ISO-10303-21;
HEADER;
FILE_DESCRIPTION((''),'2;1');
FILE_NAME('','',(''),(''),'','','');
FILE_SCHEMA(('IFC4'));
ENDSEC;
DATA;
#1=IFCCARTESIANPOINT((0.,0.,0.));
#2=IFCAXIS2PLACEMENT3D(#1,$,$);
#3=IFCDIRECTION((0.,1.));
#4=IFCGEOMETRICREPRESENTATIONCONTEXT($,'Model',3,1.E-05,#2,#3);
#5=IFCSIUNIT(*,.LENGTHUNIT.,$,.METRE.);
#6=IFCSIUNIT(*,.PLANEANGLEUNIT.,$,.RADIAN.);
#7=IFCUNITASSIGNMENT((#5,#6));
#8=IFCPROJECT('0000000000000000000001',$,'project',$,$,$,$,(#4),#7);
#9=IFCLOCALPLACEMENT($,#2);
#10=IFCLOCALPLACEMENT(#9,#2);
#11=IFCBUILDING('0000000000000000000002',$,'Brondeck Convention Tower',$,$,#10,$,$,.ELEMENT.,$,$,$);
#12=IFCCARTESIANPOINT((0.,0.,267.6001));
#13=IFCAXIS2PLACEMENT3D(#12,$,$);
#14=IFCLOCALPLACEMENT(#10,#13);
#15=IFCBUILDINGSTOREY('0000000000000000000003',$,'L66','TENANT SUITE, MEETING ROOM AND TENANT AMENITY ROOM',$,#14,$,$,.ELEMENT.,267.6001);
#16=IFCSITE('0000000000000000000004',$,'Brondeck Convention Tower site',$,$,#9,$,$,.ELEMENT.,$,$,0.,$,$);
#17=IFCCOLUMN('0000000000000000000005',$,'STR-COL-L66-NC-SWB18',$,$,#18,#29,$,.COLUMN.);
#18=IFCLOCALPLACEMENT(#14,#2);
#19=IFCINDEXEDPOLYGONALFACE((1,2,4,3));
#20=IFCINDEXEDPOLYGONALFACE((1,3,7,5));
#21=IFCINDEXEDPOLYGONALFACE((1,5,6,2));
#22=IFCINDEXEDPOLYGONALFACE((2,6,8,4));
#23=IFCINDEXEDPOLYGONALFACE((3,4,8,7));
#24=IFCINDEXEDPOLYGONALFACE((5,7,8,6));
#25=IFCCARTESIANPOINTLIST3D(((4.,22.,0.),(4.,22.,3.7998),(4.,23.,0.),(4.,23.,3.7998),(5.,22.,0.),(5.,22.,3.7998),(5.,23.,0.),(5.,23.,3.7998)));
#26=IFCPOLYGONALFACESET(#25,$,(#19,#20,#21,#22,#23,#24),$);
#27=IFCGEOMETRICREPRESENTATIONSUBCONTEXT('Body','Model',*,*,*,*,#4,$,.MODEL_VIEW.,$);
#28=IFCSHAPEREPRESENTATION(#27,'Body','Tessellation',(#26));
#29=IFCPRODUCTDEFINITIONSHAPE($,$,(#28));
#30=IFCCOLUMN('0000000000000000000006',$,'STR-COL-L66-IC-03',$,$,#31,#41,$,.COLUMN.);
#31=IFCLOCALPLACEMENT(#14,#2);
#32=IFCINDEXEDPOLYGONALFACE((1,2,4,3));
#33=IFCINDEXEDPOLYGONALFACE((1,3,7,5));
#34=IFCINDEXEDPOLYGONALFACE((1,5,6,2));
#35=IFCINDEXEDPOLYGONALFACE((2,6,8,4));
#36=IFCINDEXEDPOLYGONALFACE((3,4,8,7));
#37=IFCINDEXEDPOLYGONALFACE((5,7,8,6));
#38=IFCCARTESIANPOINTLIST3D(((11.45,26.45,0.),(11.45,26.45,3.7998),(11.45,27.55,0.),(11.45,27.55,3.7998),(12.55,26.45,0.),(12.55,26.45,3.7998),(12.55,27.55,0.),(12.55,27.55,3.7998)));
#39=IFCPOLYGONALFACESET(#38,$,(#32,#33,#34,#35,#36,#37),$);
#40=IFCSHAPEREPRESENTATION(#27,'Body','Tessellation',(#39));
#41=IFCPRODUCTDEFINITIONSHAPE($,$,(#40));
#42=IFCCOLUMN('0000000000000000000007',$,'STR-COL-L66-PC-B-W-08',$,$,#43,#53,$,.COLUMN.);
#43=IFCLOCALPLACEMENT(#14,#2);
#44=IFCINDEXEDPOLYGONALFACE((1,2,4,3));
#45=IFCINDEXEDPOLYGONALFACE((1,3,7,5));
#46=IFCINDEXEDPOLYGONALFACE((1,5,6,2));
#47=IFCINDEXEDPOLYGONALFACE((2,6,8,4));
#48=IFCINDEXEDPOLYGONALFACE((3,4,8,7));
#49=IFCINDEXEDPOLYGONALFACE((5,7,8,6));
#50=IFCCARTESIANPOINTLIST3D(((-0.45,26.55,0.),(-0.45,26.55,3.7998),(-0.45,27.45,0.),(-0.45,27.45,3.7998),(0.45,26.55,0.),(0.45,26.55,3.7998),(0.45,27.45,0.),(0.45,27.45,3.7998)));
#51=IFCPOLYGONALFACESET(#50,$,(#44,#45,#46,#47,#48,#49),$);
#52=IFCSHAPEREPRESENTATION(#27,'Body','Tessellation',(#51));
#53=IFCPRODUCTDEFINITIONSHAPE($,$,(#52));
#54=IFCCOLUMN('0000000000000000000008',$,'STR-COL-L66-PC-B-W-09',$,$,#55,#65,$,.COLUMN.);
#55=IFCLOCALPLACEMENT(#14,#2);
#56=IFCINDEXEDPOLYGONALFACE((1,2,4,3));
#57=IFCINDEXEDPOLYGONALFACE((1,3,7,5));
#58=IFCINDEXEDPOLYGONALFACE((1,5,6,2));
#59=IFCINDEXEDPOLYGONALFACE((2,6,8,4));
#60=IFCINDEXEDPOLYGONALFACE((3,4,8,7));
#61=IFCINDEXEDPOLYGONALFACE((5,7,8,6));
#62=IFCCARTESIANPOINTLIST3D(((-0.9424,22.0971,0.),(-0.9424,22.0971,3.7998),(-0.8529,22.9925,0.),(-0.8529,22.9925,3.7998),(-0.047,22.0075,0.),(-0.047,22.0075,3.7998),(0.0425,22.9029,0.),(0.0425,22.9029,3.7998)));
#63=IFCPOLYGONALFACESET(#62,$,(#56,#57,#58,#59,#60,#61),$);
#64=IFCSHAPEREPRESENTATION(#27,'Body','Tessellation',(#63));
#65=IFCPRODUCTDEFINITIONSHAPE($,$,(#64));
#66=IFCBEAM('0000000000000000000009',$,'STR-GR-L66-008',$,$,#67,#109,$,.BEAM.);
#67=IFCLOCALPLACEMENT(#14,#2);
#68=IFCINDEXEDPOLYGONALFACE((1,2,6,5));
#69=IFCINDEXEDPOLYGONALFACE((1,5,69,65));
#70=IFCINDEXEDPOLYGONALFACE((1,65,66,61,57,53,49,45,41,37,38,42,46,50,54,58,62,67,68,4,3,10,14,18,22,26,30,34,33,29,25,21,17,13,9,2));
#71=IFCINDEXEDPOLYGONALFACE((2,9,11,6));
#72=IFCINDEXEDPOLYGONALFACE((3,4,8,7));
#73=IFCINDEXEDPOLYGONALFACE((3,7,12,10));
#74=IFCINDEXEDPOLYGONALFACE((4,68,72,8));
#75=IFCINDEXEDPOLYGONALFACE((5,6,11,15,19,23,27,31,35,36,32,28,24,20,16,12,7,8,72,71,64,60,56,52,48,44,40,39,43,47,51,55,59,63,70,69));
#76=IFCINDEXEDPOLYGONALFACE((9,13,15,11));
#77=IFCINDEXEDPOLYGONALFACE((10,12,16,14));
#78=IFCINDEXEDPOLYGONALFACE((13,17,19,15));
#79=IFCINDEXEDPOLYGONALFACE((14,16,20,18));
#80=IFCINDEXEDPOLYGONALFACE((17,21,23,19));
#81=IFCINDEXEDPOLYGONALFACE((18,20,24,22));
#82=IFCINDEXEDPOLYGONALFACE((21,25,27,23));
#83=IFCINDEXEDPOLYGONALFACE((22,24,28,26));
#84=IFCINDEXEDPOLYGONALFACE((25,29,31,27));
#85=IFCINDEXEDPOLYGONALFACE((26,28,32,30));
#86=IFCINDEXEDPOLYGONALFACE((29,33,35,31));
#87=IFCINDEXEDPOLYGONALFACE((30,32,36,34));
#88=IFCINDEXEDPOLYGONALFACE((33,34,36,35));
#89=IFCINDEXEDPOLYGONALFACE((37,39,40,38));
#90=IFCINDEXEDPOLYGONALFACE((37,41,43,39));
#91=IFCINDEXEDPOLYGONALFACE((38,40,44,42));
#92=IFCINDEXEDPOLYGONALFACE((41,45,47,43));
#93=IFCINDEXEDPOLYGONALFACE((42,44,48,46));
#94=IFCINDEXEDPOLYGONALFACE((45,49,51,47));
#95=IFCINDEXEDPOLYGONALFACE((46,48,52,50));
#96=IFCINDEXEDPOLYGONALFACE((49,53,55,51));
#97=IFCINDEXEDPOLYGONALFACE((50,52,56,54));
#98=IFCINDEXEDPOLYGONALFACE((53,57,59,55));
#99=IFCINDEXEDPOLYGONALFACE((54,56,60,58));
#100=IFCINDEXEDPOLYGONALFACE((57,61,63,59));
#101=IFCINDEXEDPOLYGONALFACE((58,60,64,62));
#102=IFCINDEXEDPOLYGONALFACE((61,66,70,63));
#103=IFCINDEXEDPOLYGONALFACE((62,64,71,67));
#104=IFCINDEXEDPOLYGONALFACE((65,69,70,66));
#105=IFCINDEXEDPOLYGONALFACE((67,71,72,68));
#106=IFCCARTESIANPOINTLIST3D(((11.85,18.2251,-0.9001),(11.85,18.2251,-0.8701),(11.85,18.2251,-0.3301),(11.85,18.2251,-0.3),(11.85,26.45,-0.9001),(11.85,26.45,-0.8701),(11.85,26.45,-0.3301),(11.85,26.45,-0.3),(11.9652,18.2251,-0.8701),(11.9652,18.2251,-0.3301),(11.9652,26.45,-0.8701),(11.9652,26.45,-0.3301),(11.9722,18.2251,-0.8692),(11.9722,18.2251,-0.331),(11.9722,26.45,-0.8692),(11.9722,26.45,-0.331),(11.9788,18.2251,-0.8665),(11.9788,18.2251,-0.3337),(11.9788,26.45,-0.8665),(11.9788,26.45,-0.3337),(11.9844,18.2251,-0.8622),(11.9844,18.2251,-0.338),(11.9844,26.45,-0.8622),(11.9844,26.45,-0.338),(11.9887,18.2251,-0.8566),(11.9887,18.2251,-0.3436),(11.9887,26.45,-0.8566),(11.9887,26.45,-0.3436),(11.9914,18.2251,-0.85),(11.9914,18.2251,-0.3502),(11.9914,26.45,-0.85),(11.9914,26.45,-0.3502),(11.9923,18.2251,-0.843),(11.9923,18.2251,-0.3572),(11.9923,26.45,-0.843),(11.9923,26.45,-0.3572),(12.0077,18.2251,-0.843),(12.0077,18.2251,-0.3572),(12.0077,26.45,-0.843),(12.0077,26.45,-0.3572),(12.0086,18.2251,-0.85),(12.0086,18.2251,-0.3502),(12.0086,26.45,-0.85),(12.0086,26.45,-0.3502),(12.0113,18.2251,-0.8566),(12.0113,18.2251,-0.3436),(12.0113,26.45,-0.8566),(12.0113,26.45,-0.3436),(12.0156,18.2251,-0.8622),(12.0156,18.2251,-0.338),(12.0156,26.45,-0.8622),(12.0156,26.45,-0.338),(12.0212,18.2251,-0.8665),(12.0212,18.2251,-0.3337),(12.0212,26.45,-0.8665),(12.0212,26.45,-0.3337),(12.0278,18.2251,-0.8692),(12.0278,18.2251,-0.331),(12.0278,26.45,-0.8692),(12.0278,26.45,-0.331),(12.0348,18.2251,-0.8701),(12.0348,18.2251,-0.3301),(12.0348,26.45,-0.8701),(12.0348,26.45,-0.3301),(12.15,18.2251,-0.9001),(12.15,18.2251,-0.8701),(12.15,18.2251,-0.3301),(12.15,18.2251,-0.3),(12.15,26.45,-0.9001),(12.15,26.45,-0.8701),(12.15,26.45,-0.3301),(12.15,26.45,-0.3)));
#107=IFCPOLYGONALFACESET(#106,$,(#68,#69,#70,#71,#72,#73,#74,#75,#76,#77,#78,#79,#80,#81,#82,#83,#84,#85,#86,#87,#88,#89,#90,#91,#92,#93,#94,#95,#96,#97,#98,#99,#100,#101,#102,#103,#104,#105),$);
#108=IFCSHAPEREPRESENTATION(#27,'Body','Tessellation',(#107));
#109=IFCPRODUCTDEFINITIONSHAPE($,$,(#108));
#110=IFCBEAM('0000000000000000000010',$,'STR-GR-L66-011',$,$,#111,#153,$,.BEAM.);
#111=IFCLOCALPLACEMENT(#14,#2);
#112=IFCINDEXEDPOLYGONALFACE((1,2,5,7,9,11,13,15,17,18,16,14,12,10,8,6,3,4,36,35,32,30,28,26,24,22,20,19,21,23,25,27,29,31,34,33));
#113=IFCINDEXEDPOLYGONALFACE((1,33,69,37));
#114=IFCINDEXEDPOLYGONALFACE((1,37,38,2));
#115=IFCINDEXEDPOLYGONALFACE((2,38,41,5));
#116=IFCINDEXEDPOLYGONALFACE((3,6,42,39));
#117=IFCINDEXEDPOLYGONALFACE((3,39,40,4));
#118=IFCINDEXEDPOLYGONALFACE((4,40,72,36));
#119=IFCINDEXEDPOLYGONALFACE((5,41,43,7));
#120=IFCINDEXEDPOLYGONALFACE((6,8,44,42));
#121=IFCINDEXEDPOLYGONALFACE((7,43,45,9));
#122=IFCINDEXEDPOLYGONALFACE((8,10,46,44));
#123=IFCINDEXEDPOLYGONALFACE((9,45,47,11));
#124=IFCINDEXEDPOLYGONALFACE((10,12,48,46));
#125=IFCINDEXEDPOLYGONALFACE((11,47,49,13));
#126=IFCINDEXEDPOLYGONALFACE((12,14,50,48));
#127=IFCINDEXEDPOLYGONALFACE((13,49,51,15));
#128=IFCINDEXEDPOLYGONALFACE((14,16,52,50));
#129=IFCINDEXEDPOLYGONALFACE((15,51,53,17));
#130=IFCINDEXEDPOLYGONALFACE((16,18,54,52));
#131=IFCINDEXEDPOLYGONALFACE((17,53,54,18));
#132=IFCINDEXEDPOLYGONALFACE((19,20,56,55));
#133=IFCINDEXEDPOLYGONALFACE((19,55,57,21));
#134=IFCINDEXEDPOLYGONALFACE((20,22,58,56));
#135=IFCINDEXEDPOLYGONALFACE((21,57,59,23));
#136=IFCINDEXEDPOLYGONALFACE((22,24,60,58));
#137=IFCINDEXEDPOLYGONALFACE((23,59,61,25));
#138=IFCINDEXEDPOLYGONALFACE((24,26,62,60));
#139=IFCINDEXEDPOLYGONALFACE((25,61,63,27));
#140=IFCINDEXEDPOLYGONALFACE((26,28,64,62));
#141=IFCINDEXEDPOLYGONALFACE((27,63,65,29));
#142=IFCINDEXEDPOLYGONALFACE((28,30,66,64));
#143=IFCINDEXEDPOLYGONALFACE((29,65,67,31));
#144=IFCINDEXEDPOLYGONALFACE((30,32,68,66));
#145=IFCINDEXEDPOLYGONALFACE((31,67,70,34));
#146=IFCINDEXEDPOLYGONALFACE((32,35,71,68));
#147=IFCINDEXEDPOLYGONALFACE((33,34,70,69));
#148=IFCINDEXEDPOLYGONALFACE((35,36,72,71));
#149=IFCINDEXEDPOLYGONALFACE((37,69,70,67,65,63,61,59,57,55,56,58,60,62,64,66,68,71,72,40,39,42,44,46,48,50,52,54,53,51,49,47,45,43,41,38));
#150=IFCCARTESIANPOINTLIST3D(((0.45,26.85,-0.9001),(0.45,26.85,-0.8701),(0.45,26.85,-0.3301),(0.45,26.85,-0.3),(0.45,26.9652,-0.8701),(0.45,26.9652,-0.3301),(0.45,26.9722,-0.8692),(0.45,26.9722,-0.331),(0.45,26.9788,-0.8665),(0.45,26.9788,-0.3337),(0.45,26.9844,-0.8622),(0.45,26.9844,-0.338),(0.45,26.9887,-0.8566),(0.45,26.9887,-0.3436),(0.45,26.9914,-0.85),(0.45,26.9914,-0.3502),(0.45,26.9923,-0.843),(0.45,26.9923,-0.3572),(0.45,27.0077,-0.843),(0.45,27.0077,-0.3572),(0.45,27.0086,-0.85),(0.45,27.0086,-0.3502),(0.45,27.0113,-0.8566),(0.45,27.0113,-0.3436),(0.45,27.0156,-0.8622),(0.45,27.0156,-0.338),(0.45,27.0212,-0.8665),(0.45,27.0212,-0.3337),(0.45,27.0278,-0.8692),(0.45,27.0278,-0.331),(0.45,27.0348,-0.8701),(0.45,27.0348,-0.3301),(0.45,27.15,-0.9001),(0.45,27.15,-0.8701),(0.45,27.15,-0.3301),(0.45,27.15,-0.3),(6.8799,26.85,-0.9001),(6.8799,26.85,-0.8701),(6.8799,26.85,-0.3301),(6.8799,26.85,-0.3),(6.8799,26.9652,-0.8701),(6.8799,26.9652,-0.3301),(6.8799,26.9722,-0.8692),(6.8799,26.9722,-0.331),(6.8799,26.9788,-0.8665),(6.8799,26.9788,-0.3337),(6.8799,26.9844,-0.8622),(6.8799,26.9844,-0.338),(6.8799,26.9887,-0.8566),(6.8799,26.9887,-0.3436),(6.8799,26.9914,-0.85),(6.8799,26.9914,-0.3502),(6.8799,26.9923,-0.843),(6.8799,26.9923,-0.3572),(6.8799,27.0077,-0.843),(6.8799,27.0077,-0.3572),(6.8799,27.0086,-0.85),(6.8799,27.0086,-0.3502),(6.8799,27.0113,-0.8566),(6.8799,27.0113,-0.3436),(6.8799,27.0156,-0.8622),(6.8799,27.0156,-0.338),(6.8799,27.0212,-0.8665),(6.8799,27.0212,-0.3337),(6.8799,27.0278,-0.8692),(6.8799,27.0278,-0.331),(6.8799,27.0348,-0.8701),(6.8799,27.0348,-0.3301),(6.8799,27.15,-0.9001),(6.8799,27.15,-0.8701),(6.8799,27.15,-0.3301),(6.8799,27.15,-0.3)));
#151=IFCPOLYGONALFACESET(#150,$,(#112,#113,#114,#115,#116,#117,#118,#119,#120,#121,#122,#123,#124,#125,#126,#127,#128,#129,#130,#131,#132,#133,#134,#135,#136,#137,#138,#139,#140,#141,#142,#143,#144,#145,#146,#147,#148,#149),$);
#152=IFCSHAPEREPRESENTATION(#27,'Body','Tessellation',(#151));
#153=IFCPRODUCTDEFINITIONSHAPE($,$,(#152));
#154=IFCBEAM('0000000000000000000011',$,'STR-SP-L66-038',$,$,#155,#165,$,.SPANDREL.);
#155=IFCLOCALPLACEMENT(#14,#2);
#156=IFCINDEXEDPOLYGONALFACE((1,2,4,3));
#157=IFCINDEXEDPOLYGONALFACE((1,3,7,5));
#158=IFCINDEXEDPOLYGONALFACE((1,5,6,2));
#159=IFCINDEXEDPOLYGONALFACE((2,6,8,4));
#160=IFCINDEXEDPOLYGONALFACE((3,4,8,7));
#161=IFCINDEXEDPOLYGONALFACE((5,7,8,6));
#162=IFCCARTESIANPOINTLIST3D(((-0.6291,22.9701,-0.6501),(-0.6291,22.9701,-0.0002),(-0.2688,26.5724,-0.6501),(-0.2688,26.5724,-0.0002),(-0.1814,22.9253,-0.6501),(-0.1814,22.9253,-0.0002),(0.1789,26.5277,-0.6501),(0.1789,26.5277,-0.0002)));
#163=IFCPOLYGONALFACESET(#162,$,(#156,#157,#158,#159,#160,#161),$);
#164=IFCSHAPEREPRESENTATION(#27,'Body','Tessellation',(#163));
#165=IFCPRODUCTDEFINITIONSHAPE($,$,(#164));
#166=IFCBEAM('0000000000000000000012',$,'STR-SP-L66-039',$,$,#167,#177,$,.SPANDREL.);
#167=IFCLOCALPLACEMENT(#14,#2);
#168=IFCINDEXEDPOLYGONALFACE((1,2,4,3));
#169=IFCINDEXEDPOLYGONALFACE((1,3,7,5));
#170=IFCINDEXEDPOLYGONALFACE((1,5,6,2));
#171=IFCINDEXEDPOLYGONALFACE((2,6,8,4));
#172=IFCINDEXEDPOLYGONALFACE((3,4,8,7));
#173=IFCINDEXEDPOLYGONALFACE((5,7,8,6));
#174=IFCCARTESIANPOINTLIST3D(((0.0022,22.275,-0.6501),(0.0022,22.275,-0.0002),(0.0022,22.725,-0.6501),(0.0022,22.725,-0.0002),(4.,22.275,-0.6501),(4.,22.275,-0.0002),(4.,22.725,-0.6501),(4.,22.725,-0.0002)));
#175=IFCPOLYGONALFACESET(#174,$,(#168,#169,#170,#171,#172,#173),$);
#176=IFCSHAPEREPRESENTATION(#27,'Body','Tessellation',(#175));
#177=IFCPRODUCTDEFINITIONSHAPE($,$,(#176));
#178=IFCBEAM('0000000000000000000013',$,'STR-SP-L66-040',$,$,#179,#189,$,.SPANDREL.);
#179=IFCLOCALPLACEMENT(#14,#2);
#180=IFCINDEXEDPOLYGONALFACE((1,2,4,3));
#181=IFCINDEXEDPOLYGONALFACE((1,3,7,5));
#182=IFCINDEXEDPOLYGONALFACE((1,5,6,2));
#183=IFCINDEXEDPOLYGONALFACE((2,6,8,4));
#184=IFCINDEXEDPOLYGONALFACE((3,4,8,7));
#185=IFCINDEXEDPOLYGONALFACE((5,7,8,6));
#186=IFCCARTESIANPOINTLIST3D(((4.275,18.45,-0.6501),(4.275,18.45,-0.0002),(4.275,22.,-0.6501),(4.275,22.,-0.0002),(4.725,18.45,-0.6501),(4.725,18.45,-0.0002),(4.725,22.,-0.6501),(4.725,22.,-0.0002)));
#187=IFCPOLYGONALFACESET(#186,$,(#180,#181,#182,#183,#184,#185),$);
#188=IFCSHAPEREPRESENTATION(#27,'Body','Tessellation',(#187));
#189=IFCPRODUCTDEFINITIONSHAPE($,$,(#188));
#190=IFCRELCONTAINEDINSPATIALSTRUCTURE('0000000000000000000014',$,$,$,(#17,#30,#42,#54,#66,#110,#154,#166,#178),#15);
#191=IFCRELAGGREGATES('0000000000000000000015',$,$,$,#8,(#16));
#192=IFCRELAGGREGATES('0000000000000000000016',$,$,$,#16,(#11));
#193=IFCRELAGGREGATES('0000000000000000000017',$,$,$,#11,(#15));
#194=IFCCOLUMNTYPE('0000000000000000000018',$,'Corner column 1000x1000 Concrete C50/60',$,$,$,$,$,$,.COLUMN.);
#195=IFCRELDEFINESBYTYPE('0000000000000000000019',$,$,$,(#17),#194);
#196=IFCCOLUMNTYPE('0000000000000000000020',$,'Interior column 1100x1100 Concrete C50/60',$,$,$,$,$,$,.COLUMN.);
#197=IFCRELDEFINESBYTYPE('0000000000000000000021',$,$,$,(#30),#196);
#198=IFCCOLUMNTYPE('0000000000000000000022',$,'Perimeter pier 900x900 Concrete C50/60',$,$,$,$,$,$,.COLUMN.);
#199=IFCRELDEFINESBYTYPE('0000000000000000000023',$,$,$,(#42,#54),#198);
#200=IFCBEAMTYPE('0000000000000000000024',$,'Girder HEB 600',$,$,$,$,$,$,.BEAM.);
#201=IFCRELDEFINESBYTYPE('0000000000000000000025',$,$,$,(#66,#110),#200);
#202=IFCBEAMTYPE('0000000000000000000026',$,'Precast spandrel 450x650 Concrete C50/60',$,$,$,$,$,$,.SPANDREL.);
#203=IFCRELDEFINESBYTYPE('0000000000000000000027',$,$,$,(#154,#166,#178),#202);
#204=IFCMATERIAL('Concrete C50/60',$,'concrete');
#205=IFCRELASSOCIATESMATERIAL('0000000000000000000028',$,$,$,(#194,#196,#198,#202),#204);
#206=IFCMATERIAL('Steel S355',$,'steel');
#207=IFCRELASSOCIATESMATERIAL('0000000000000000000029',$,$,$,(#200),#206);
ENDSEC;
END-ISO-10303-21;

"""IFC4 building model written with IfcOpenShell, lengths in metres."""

from ifc_helpers import new_model, si_unit, direction, frame, origin, origin_2d, place, context, subcontext, project, spatial, rectangle, i_section, extrude, material, material_profile, profile_set, type_object, element, save


model = new_model("IFC4")

# Units and contexts
model_context = context("Model", 3, precision=1e-05, world=origin(), true_north=direction((0.0, 1.0)))
body_context = subcontext(model_context, "Body", "Model", "MODEL_VIEW")
ifc_project = project(units=[si_unit("LENGTHUNIT", "METRE"), si_unit("PLANEANGLEUNIT", "RADIAN")], contexts=[model_context])

# Site, building, storey
site_placement = place(None, origin())
site = spatial("IfcSite", under=ifc_project, at=site_placement, Name="Brondeck Convention Tower site", CompositionType="ELEMENT", RefElevation=0.0)
building_placement = place(site_placement, origin())
building = spatial("IfcBuilding", under=site, at=building_placement, Name="Brondeck Convention Tower", CompositionType="ELEMENT")
storey_placement = place(building_placement, frame((0.0, 0.0, 267.6001)))
storey = spatial("IfcBuildingStorey", under=building, at=storey_placement, Name="L66", Description="TENANT SUITE, MEETING ROOM AND TENANT AMENITY ROOM", CompositionType="ELEMENT", Elevation=267.6001)

# Columns
ifc_material_1 = material(Name="Concrete C50/60", Category="concrete")
ifc_material_profile_1 = material_profile(ifc_material_1, rectangle(XDim=1.0, YDim=1.0, at=origin_2d()), Name="Corner column 1000x1000 Concrete C50/60")
ifc_profile_set_1 = profile_set([ifc_material_profile_1], Name="Concrete C50/60")
column_type_1 = type_object("IfcColumnType", Name="Corner column 1000x1000 Concrete C50/60", PredefinedType="COLUMN", material=ifc_profile_set_1)
column_1_placement = place(storey_placement, frame((4.5, 22.5, 0.0), z_axis=(0.0, 0.0, 1.0), x_axis=(1.0, 0.0, 0.0)))
element("IfcColumn", 1, at=column_1_placement, inside=storey, type_object=column_type_1, Name="STR-COL-L66-NC-SWB18", PredefinedType="COLUMN", context=body_context, shape_type="SweptSolid", body=[
    extrude(rectangle(XDim=1.0, YDim=1.0, at=origin_2d()), origin(), (0.0, 0.0, 1.0), 3.7998),
])
ifc_material_profile_2 = material_profile(ifc_material_1, rectangle(XDim=1.1001, YDim=1.1001, at=origin_2d()), Name="Interior column 1100x1100 Concrete C50/60")
ifc_profile_set_2 = profile_set([ifc_material_profile_2], Name="Concrete C50/60")
column_type_2 = type_object("IfcColumnType", Name="Interior column 1100x1100 Concrete C50/60", PredefinedType="COLUMN", material=ifc_profile_set_2)
column_2_placement = place(storey_placement, frame((12.0, 27.0, 0.0), z_axis=(0.0, 0.0, 1.0), x_axis=(1.0, 0.0, 0.0)))
element("IfcColumn", 2, at=column_2_placement, inside=storey, type_object=column_type_2, Name="STR-COL-L66-IC-03", PredefinedType="COLUMN", context=body_context, shape_type="SweptSolid", body=[
    extrude(rectangle(XDim=1.1001, YDim=1.1001, at=origin_2d()), origin(), (0.0, 0.0, 1.0), 3.7998),
])
ifc_material_profile_3 = material_profile(ifc_material_1, rectangle(XDim=0.8999, YDim=0.8999, at=origin_2d()), Name="Perimeter pier 900x900 Concrete C50/60")
ifc_profile_set_3 = profile_set([ifc_material_profile_3], Name="Concrete C50/60")
column_type_3 = type_object("IfcColumnType", Name="Perimeter pier 900x900 Concrete C50/60", PredefinedType="COLUMN", material=ifc_profile_set_3)
for number, where, z_axis, x_axis, name in (
    (3, (0.0, 27.0, 0.0), (0.0, 0.0, 1.0), (0.0, -1.0, 0.0), "STR-COL-L66-PC-B-W-08"),
    (4, (-0.45, 22.5, 0.0), (0.0, 0.0, 1.0), (-0.099504, -0.995037, 0.0), "STR-COL-L66-PC-B-W-09"),
):
    element("IfcColumn", number, at=place(storey_placement, frame(where, z_axis=z_axis, x_axis=x_axis)), inside=storey, type_object=column_type_3, Name=name, PredefinedType="COLUMN", context=body_context, shape_type="SweptSolid", body=[
        extrude(rectangle(XDim=0.8999, YDim=0.8999, at=origin_2d()), origin(), (0.0, 0.0, 1.0), 3.7998),
    ])

# Beams
ifc_material_2 = material(Name="Steel S355", Category="steel")
ifc_material_profile_4 = material_profile(ifc_material_2, i_section(OverallWidth=0.3, OverallDepth=0.6001, WebThickness=0.0154, FlangeThickness=0.03, FilletRadius=0.0271, at=origin_2d()), Name="HEB 600")
ifc_profile_set_4 = profile_set([ifc_material_profile_4], Name="Steel S355")
beam_type_1 = type_object("IfcBeamType", Name="Girder HEB 600", PredefinedType="BEAM", material=ifc_profile_set_4)
beam_1_placement = place(storey_placement, frame((12.0, 26.45, -0.6001), z_axis=(0.0, -1.0, 0.0), x_axis=(1.0, 0.0, 0.0)))
element("IfcBeam", 5, at=beam_1_placement, inside=storey, type_object=beam_type_1, Name="STR-GR-L66-008", PredefinedType="BEAM", context=body_context, shape_type="SweptSolid", body=[
    extrude(i_section(OverallWidth=0.3, OverallDepth=0.6001, WebThickness=0.0154, FlangeThickness=0.03, FilletRadius=0.0271, at=origin_2d()), origin(), (0.0, 0.0, 1.0), 8.2249),
])
beam_2_placement = place(storey_placement, frame((0.45, 27.0, -0.6001), z_axis=(1.0, 0.0, 0.0), x_axis=(0.0, 1.0, 0.0)))
element("IfcBeam", 6, at=beam_2_placement, inside=storey, type_object=beam_type_1, Name="STR-GR-L66-011", PredefinedType="BEAM", context=body_context, shape_type="SweptSolid", body=[
    extrude(i_section(OverallWidth=0.3, OverallDepth=0.6001, WebThickness=0.0154, FlangeThickness=0.03, FilletRadius=0.0271, at=origin_2d()), origin(), (0.0, 0.0, 1.0), 6.4299),
])
ifc_material_profile_5 = material_profile(ifc_material_1, rectangle(XDim=0.45, YDim=0.6499, at=origin_2d()), Name="Precast spandrel 450x650 Concrete C50/60")
ifc_profile_set_5 = profile_set([ifc_material_profile_5], Name="Concrete C50/60")
beam_type_2 = type_object("IfcBeamType", Name="Precast spandrel 450x650 Concrete C50/60", PredefinedType="SPANDREL", material=ifc_profile_set_5)
beam_3_placement = place(storey_placement, frame((-0.0449, 26.55, -0.3252), z_axis=(-0.099537, -0.995034, 0.0), x_axis=(0.995034, -0.099537, 0.0)))
element("IfcBeam", 7, at=beam_3_placement, inside=storey, type_object=beam_type_2, Name="STR-SP-L66-038", PredefinedType="SPANDREL", context=body_context, shape_type="SweptSolid", body=[
    extrude(rectangle(XDim=0.45, YDim=0.6499, at=origin_2d()), origin(), (0.0, 0.0, 1.0), 3.6204),
])
beam_4_placement = place(storey_placement, frame((0.0022, 22.5, -0.3252), z_axis=(1.0, 0.0, 0.0), x_axis=(0.0, 1.0, 0.0)))
element("IfcBeam", 8, at=beam_4_placement, inside=storey, type_object=beam_type_2, Name="STR-SP-L66-039", PredefinedType="SPANDREL", context=body_context, shape_type="SweptSolid", body=[
    extrude(rectangle(XDim=0.45, YDim=0.6499, at=origin_2d()), origin(), (0.0, 0.0, 1.0), 3.9978),
])
beam_5_placement = place(storey_placement, frame((4.5, 22.0, -0.3252), z_axis=(0.0, -1.0, 0.0), x_axis=(1.0, 0.0, 0.0)))
element("IfcBeam", 9, at=beam_5_placement, inside=storey, type_object=beam_type_2, Name="STR-SP-L66-040", PredefinedType="SPANDREL", context=body_context, shape_type="SweptSolid", body=[
    extrude(rectangle(XDim=0.45, YDim=0.6499, at=origin_2d()), origin(), (0.0, 0.0, 1.0), 3.55),
])

save(model, "model.ifc")
